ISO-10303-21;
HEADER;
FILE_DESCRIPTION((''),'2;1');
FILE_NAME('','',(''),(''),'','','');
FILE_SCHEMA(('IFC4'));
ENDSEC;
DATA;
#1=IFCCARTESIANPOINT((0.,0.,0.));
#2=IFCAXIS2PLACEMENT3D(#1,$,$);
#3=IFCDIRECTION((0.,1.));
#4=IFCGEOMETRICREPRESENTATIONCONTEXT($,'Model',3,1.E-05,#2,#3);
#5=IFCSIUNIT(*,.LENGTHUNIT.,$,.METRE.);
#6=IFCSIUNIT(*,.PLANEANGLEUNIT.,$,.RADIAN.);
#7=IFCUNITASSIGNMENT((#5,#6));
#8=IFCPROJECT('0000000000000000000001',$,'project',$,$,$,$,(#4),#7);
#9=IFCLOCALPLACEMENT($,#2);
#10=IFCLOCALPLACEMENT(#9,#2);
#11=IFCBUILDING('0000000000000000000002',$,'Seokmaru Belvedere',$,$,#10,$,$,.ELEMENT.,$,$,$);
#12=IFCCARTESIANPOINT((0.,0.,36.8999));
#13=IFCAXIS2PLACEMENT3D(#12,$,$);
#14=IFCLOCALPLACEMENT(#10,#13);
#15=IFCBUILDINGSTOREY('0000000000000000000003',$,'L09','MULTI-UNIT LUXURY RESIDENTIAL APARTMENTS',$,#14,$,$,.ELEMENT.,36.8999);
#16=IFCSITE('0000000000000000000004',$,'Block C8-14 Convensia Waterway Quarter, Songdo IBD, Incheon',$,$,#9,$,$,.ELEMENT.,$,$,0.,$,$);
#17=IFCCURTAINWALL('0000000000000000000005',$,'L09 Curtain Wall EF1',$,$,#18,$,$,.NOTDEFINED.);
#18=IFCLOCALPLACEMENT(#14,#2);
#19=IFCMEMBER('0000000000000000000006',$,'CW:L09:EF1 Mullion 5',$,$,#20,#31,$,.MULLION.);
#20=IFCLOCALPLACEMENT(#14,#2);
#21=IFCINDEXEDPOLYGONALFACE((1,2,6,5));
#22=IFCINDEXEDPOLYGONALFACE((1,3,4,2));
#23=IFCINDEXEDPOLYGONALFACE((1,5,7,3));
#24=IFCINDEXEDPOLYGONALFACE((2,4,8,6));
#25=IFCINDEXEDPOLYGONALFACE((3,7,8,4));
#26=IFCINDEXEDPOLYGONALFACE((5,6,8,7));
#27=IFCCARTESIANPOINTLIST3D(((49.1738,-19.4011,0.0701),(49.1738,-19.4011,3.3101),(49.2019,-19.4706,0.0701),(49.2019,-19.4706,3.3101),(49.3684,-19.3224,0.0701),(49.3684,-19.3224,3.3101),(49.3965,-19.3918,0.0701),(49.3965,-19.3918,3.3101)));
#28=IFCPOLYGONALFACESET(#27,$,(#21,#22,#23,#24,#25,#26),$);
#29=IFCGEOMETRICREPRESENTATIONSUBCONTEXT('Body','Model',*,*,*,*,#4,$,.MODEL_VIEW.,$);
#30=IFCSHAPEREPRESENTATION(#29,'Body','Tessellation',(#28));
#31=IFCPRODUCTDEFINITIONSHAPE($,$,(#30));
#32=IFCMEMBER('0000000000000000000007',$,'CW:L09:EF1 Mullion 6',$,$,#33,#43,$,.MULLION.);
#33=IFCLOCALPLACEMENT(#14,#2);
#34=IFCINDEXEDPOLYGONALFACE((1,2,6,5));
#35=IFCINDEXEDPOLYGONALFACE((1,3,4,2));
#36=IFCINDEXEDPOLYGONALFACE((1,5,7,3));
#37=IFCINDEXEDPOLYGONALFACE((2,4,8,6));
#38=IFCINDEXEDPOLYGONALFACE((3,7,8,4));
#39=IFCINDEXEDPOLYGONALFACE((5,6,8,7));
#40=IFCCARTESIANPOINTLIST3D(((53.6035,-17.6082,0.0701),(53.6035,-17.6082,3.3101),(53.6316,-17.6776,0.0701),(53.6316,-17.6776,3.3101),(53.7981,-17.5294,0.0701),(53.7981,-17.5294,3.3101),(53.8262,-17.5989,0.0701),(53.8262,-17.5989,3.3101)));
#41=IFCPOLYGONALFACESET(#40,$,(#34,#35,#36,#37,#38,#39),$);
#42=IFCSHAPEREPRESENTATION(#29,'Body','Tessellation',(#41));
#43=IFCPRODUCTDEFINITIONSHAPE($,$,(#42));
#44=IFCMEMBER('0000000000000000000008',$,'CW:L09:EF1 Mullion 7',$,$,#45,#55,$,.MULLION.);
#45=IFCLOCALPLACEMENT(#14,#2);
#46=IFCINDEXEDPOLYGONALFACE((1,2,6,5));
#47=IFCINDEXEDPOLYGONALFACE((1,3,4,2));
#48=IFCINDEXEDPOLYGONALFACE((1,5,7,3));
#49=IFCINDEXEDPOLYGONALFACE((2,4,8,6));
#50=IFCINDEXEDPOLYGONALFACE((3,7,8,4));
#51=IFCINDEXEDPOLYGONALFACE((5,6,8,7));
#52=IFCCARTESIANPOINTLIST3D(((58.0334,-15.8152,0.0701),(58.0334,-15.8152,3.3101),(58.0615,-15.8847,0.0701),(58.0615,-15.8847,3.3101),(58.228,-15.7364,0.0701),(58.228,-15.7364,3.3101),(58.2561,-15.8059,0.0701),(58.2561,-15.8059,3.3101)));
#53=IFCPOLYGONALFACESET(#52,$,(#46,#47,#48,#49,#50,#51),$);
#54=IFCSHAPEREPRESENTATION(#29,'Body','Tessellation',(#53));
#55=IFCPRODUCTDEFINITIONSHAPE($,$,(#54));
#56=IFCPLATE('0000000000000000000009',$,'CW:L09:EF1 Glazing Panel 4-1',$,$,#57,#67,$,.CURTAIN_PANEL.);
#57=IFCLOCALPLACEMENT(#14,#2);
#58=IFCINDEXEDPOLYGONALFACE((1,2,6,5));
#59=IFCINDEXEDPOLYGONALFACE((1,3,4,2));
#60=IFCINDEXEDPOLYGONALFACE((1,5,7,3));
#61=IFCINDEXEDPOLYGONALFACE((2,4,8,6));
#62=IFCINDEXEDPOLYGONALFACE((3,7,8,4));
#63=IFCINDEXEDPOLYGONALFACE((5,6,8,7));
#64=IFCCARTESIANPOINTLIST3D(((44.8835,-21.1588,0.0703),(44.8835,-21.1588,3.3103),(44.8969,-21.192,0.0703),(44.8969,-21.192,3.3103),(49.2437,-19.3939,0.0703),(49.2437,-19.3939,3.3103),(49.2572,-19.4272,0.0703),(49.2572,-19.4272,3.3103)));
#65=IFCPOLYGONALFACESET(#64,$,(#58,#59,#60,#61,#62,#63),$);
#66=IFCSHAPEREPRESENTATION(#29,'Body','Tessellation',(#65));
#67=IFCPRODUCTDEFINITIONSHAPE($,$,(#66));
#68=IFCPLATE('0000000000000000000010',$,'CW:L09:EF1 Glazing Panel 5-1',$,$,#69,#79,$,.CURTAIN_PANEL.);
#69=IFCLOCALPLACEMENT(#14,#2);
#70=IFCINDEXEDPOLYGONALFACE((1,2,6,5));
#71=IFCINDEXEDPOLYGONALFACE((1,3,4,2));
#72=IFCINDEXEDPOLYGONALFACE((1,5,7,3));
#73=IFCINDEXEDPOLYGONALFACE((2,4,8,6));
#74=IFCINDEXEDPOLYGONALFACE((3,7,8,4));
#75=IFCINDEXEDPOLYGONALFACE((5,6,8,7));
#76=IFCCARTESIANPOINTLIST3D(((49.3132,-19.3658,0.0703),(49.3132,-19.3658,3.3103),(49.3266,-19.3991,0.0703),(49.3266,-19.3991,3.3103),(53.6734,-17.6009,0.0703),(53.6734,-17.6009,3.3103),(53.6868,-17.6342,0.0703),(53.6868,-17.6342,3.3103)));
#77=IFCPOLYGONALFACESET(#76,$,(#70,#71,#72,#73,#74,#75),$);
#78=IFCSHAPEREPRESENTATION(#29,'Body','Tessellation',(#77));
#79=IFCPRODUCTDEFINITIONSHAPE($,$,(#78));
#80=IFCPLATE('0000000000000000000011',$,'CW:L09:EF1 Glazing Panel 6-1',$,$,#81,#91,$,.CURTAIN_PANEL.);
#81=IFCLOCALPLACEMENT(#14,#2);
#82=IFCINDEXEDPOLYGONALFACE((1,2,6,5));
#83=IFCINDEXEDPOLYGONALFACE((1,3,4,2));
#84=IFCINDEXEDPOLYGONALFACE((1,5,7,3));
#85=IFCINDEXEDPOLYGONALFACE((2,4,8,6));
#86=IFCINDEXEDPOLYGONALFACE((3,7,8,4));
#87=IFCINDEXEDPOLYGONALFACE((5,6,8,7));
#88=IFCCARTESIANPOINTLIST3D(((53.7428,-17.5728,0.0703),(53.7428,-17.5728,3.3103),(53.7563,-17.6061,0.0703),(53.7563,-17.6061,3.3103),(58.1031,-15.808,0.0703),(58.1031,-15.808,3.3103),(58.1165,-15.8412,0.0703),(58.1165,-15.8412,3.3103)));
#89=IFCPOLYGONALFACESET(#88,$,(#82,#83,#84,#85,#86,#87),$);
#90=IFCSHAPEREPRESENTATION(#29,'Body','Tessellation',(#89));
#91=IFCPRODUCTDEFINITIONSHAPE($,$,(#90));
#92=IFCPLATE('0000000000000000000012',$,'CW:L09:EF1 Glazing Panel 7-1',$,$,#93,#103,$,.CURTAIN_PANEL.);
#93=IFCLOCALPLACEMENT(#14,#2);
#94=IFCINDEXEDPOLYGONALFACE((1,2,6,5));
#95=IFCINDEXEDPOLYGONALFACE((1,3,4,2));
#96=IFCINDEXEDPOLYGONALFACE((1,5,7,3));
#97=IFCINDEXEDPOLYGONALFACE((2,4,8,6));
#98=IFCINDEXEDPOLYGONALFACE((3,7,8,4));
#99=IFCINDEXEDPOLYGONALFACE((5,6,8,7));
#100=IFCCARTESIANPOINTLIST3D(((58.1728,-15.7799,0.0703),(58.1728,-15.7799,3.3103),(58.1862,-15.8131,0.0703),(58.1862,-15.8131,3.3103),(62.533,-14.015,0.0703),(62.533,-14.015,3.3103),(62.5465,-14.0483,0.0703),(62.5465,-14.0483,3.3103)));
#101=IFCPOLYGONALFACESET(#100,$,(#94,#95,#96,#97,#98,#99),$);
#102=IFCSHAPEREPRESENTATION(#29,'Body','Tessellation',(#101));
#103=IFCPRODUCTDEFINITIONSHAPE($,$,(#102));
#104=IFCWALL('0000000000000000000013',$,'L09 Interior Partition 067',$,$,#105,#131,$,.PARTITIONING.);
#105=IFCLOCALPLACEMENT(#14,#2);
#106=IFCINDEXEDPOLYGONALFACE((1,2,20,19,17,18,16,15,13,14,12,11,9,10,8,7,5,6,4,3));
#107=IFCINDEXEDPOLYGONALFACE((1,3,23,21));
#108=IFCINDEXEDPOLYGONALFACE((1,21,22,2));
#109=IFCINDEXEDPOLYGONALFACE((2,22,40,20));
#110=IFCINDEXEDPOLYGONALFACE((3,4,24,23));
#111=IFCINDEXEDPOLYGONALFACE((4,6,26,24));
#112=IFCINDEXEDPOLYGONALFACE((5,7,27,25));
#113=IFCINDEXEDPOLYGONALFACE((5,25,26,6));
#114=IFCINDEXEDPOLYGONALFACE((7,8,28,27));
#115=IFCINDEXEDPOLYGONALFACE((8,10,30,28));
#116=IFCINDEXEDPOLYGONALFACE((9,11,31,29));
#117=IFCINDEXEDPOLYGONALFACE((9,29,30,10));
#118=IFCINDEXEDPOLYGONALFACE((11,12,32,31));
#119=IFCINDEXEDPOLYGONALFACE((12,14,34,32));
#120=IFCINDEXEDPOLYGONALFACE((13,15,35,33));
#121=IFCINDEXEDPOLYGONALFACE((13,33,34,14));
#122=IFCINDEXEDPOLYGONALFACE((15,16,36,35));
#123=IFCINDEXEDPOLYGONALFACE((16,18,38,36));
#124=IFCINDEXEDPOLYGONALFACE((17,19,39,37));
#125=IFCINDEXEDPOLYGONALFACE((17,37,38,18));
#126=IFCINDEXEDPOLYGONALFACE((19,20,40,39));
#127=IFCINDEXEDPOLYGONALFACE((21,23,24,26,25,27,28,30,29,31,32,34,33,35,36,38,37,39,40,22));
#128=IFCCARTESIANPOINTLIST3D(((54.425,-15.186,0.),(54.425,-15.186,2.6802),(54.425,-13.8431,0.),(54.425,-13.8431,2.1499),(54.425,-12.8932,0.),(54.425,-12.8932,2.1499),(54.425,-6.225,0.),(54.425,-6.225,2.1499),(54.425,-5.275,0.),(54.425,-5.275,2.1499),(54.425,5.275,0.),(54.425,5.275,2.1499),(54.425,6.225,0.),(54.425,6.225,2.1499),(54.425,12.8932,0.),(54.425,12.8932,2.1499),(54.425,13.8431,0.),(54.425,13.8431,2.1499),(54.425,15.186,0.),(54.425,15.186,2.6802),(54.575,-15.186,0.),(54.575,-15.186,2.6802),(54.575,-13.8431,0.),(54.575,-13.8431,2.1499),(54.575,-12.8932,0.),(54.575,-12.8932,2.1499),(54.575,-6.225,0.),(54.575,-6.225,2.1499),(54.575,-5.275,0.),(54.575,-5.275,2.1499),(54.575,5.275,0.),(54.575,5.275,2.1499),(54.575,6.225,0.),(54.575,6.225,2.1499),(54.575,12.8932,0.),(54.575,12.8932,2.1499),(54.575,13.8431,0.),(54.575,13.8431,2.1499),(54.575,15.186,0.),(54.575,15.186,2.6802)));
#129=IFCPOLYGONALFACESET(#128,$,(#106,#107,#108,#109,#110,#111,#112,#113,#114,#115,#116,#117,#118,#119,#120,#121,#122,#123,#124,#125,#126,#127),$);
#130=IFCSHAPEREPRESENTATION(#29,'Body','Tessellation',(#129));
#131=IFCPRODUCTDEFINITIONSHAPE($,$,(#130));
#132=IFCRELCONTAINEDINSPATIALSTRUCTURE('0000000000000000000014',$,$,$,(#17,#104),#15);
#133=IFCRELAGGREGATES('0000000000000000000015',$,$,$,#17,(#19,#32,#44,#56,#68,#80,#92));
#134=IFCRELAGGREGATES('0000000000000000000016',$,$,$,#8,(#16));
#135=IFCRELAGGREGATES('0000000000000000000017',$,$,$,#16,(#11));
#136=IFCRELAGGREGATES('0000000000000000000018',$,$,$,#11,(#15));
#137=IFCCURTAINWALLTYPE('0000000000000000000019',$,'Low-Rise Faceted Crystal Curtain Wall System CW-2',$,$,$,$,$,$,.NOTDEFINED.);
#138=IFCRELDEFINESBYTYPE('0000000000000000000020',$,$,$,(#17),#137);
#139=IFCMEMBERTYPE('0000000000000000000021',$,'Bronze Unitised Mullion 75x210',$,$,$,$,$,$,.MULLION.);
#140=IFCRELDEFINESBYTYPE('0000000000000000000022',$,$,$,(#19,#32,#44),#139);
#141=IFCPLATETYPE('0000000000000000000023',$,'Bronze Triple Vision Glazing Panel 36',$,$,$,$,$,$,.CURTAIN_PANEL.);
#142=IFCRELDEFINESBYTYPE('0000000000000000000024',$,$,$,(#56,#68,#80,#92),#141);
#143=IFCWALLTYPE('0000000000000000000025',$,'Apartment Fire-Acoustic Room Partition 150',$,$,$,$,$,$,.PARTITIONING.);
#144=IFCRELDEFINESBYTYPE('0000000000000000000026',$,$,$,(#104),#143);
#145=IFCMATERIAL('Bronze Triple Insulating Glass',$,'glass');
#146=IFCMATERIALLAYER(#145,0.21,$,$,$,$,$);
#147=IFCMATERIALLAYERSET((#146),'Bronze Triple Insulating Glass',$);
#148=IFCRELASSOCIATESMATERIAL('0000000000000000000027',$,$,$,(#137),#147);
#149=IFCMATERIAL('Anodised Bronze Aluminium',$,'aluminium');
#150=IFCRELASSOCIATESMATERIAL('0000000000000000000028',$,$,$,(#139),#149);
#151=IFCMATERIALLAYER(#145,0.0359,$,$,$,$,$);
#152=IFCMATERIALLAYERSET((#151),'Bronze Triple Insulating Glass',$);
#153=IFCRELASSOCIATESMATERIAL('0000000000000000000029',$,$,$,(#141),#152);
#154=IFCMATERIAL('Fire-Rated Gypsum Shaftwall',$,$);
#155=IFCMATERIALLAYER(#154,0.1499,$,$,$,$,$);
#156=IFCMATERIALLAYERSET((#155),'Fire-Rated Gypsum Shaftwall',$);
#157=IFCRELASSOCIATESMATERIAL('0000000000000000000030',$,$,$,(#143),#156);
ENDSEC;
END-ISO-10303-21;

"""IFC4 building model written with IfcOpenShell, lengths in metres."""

from ifc_helpers import new_model, si_unit, direction, frame, frame_2d, origin, origin_2d, place, context, subcontext, project, spatial, rectangle, extrude, source, transform, mapped, material, layer, layer_set, material_profile, profile_set, type_object, type_shapes, element, aggregate, save


model = new_model("IFC4")

# Units and contexts
model_context = context("Model", 3, precision=1e-05, world=origin(), true_north=direction((0.0, 1.0)))
body_context = subcontext(model_context, "Body", "Model", "MODEL_VIEW")
ifc_project = project(units=[si_unit("LENGTHUNIT", "METRE"), si_unit("PLANEANGLEUNIT", "RADIAN")], contexts=[model_context])

# Site, building, storey
site_placement = place(None, origin())
site = spatial("IfcSite", under=ifc_project, at=site_placement, Name="Block C8-14 Convensia Waterway Quarter, Songdo IBD, Incheon", CompositionType="ELEMENT", RefElevation=0.0)
building_placement = place(site_placement, origin())
building = spatial("IfcBuilding", under=site, at=building_placement, Name="Seokmaru Belvedere", CompositionType="ELEMENT")
storey_placement = place(building_placement, frame((0.0, 0.0, 36.8999)))
storey = spatial("IfcBuildingStorey", under=building, at=storey_placement, Name="L09", Description="MULTI-UNIT LUXURY RESIDENTIAL APARTMENTS", CompositionType="ELEMENT", Elevation=36.8999)

# Curtain wall, members, plates
ifc_material_1 = material(Name="Bronze Triple Insulating Glass", Category="glass")
ifc_layer_1 = layer(ifc_material_1, 0.21)
ifc_layer_set_1 = layer_set([ifc_layer_1], Name="Bronze Triple Insulating Glass")
curtain_wall_type = type_object("IfcCurtainWallType", Name="Low-Rise Faceted Crystal Curtain Wall System CW-2", PredefinedType="NOTDEFINED", material=ifc_layer_set_1)
curtain_wall_placement = place(storey_placement, origin())
curtain_wall = element("IfcCurtainWall", 1, at=curtain_wall_placement, inside=storey, type_object=curtain_wall_type, Name="L09 Curtain Wall EF1", PredefinedType="NOTDEFINED")
ifc_material_2 = material(Name="Anodised Bronze Aluminium", Category="aluminium")
ifc_material_profile_1 = material_profile(ifc_material_2, rectangle(XDim=0.075, YDim=0.21, at=origin_2d()), Name="CW-M-75x210")
ifc_profile_set_1 = profile_set([ifc_material_profile_1], Name="Anodised Bronze Aluminium")
member_type = type_object("IfcMemberType", Name="Bronze Unitised Mullion 75x210", PredefinedType="MULLION", material=ifc_profile_set_1)
shared_shape_1 = source(origin(), body_context, "Body", "SweptSolid", [
    extrude(rectangle(XDim=0.075, YDim=0.21, at=origin_2d()), origin(), (0.0, 0.0, 1.0), 3.24),
])
type_shapes(member_type, [shared_shape_1])
member_1_placement = place(storey_placement, frame((49.2852, -19.3965, 0.0701), z_axis=(0.0, 0.0, 1.0), x_axis=(-0.375192, 0.926947, 0.0)))
member_1 = element("IfcMember", 2, at=member_1_placement, type_object=member_type, Name="CW:L09:EF1 Mullion 5", PredefinedType="MULLION", context=body_context, shape_type="MappedRepresentation", body=[
    mapped(shared_shape_1, transform((0.0, 0.0, 0.0), scale=1.0)),
])
member_2_placement = place(storey_placement, frame((53.7148, -17.6035, 0.0701), z_axis=(0.0, 0.0, 1.0), x_axis=(-0.375192, 0.926947, 0.0)))
member_2 = element("IfcMember", 3, at=member_2_placement, type_object=member_type, Name="CW:L09:EF1 Mullion 6", PredefinedType="MULLION", context=body_context, shape_type="MappedRepresentation", body=[
    mapped(shared_shape_1, transform((0.0, 0.0, 0.0), scale=1.0)),
])
member_3_placement = place(storey_placement, frame((58.1448, -15.8105, 0.0701), z_axis=(0.0, 0.0, 1.0), x_axis=(-0.375192, 0.926947, 0.0)))
member_3 = element("IfcMember", 4, at=member_3_placement, type_object=member_type, Name="CW:L09:EF1 Mullion 7", PredefinedType="MULLION", context=body_context, shape_type="MappedRepresentation", body=[
    mapped(shared_shape_1, transform((0.0, 0.0, 0.0), scale=1.0)),
])
ifc_layer_2 = layer(ifc_material_1, 0.0359)
ifc_layer_set_2 = layer_set([ifc_layer_2], Name="Bronze Triple Insulating Glass")
plate_type = type_object("IfcPlateType", Name="Bronze Triple Vision Glazing Panel 36", PredefinedType="CURTAIN_PANEL", material=ifc_layer_set_2)
shared_shape_2 = source(origin(), body_context, "Body", "SweptSolid", [
    extrude(rectangle(XDim=4.7039, YDim=0.0359, at=origin_2d()), origin(), (0.0, 0.0, 1.0), 3.24),
])
type_shapes(plate_type, [shared_shape_2])
plate_1_placement = place(storey_placement, frame((47.0703, -20.293, 0.0703), z_axis=(0.0, 0.0, 1.0), x_axis=(0.926947, 0.375192, 0.0)))
plate_1 = element("IfcPlate", 5, at=plate_1_placement, type_object=plate_type, Name="CW:L09:EF1 Glazing Panel 4-1", PredefinedType="CURTAIN_PANEL", context=body_context, shape_type="MappedRepresentation", body=[
    mapped(shared_shape_2, transform((0.0, 0.0, 0.0), scale=1.0)),
])
plate_2_placement = place(storey_placement, frame((51.5, -18.5, 0.0703), z_axis=(0.0, 0.0, 1.0), x_axis=(0.926947, 0.375192, 0.0)))
plate_2 = element("IfcPlate", 6, at=plate_2_placement, type_object=plate_type, Name="CW:L09:EF1 Glazing Panel 5-1", PredefinedType="CURTAIN_PANEL", context=body_context, shape_type="MappedRepresentation", body=[
    mapped(shared_shape_2, transform((0.0, 0.0, 0.0), scale=1.0)),
])
plate_3_placement = place(storey_placement, frame((55.9297, -16.707, 0.0703), z_axis=(0.0, 0.0, 1.0), x_axis=(0.926947, 0.375192, 0.0)))
plate_3 = element("IfcPlate", 7, at=plate_3_placement, type_object=plate_type, Name="CW:L09:EF1 Glazing Panel 6-1", PredefinedType="CURTAIN_PANEL", context=body_context, shape_type="MappedRepresentation", body=[
    mapped(shared_shape_2, transform((0.0, 0.0, 0.0), scale=1.0)),
])
plate_4_placement = place(storey_placement, frame((60.3596, -14.9141, 0.0703), z_axis=(0.0, 0.0, 1.0), x_axis=(0.926947, 0.375192, 0.0)))
plate_4 = element("IfcPlate", 8, at=plate_4_placement, type_object=plate_type, Name="CW:L09:EF1 Glazing Panel 7-1", PredefinedType="CURTAIN_PANEL", context=body_context, shape_type="MappedRepresentation", body=[
    mapped(shared_shape_2, transform((0.0, 0.0, 0.0), scale=1.0)),
])
aggregate(curtain_wall, [member_1, member_2, member_3, plate_1, plate_2, plate_3, plate_4])

# Wall, openings
ifc_material_3 = material(Name="Fire-Rated Gypsum Shaftwall")
ifc_layer_3 = layer(ifc_material_3, 0.1499)
ifc_layer_set_3 = layer_set([ifc_layer_3], Name="Fire-Rated Gypsum Shaftwall")
wall_type = type_object("IfcWallType", Name="Apartment Fire-Acoustic Room Partition 150", PredefinedType="PARTITIONING", material=ifc_layer_set_3)
wall_1_placement = place(storey_placement, frame((54.5, -15.186, 0.0), z_axis=(0.0, 0.0, 1.0), x_axis=(0.0, 1.0, 0.0)))
wall_1 = element("IfcWall", 9, at=wall_1_placement, inside=storey, type_object=wall_type, Name="L09 Interior Partition 067", PredefinedType="PARTITIONING", context=body_context, shape_type="SweptSolid", body=[
    extrude(rectangle(XDim=30.3721, YDim=0.1499, at=frame_2d((15.186, 0.0))), origin(), (0.0, 0.0, 1.0), 2.6802),
])
opening_1_placement = place(wall_1_placement, frame((1.3428, 0.0, 0.0)))
element("IfcOpeningElement", 10, at=opening_1_placement, cuts=wall_1, PredefinedType="OPENING", context=body_context, shape_type="SweptSolid", body=[
    extrude(rectangle(XDim=0.95, YDim=2.1499, at=frame_2d((0.4751, 1.075))), frame((0.0, 0.085, 0.0), z_axis=(0.0, -1.0, 0.0), x_axis=(1.0, 0.0, 0.0)), (0.0, 0.0, 1.0), 0.1699),
])
opening_2_placement = place(wall_1_placement, frame((8.9609, 0.0, 0.0)))
element("IfcOpeningElement", 11, at=opening_2_placement, cuts=wall_1, PredefinedType="OPENING", context=body_context, shape_type="SweptSolid", body=[
    extrude(rectangle(XDim=0.95, YDim=2.1499, at=frame_2d((0.4751, 1.075))), frame((0.0, 0.085, 0.0), z_axis=(0.0, -1.0, 0.0), x_axis=(1.0, 0.0, 0.0)), (0.0, 0.0, 1.0), 0.1699),
])
opening_3_placement = place(wall_1_placement, frame((20.4609, 0.0, 0.0)))
element("IfcOpeningElement", 12, at=opening_3_placement, cuts=wall_1, PredefinedType="OPENING", context=body_context, shape_type="SweptSolid", body=[
    extrude(rectangle(XDim=0.95, YDim=2.1499, at=frame_2d((0.4751, 1.075))), frame((0.0, 0.085, 0.0), z_axis=(0.0, -1.0, 0.0), x_axis=(1.0, 0.0, 0.0)), (0.0, 0.0, 1.0), 0.1699),
])
opening_4_placement = place(wall_1_placement, frame((28.0791, 0.0, 0.0)))
element("IfcOpeningElement", 13, at=opening_4_placement, cuts=wall_1, PredefinedType="OPENING", context=body_context, shape_type="SweptSolid", body=[
    extrude(rectangle(XDim=0.95, YDim=2.1499, at=frame_2d((0.4751, 1.075))), frame((0.0, 0.085, 0.0), z_axis=(0.0, -1.0, 0.0), x_axis=(1.0, 0.0, 0.0)), (0.0, 0.0, 1.0), 0.1699),
])

save(model, "model.ifc")
